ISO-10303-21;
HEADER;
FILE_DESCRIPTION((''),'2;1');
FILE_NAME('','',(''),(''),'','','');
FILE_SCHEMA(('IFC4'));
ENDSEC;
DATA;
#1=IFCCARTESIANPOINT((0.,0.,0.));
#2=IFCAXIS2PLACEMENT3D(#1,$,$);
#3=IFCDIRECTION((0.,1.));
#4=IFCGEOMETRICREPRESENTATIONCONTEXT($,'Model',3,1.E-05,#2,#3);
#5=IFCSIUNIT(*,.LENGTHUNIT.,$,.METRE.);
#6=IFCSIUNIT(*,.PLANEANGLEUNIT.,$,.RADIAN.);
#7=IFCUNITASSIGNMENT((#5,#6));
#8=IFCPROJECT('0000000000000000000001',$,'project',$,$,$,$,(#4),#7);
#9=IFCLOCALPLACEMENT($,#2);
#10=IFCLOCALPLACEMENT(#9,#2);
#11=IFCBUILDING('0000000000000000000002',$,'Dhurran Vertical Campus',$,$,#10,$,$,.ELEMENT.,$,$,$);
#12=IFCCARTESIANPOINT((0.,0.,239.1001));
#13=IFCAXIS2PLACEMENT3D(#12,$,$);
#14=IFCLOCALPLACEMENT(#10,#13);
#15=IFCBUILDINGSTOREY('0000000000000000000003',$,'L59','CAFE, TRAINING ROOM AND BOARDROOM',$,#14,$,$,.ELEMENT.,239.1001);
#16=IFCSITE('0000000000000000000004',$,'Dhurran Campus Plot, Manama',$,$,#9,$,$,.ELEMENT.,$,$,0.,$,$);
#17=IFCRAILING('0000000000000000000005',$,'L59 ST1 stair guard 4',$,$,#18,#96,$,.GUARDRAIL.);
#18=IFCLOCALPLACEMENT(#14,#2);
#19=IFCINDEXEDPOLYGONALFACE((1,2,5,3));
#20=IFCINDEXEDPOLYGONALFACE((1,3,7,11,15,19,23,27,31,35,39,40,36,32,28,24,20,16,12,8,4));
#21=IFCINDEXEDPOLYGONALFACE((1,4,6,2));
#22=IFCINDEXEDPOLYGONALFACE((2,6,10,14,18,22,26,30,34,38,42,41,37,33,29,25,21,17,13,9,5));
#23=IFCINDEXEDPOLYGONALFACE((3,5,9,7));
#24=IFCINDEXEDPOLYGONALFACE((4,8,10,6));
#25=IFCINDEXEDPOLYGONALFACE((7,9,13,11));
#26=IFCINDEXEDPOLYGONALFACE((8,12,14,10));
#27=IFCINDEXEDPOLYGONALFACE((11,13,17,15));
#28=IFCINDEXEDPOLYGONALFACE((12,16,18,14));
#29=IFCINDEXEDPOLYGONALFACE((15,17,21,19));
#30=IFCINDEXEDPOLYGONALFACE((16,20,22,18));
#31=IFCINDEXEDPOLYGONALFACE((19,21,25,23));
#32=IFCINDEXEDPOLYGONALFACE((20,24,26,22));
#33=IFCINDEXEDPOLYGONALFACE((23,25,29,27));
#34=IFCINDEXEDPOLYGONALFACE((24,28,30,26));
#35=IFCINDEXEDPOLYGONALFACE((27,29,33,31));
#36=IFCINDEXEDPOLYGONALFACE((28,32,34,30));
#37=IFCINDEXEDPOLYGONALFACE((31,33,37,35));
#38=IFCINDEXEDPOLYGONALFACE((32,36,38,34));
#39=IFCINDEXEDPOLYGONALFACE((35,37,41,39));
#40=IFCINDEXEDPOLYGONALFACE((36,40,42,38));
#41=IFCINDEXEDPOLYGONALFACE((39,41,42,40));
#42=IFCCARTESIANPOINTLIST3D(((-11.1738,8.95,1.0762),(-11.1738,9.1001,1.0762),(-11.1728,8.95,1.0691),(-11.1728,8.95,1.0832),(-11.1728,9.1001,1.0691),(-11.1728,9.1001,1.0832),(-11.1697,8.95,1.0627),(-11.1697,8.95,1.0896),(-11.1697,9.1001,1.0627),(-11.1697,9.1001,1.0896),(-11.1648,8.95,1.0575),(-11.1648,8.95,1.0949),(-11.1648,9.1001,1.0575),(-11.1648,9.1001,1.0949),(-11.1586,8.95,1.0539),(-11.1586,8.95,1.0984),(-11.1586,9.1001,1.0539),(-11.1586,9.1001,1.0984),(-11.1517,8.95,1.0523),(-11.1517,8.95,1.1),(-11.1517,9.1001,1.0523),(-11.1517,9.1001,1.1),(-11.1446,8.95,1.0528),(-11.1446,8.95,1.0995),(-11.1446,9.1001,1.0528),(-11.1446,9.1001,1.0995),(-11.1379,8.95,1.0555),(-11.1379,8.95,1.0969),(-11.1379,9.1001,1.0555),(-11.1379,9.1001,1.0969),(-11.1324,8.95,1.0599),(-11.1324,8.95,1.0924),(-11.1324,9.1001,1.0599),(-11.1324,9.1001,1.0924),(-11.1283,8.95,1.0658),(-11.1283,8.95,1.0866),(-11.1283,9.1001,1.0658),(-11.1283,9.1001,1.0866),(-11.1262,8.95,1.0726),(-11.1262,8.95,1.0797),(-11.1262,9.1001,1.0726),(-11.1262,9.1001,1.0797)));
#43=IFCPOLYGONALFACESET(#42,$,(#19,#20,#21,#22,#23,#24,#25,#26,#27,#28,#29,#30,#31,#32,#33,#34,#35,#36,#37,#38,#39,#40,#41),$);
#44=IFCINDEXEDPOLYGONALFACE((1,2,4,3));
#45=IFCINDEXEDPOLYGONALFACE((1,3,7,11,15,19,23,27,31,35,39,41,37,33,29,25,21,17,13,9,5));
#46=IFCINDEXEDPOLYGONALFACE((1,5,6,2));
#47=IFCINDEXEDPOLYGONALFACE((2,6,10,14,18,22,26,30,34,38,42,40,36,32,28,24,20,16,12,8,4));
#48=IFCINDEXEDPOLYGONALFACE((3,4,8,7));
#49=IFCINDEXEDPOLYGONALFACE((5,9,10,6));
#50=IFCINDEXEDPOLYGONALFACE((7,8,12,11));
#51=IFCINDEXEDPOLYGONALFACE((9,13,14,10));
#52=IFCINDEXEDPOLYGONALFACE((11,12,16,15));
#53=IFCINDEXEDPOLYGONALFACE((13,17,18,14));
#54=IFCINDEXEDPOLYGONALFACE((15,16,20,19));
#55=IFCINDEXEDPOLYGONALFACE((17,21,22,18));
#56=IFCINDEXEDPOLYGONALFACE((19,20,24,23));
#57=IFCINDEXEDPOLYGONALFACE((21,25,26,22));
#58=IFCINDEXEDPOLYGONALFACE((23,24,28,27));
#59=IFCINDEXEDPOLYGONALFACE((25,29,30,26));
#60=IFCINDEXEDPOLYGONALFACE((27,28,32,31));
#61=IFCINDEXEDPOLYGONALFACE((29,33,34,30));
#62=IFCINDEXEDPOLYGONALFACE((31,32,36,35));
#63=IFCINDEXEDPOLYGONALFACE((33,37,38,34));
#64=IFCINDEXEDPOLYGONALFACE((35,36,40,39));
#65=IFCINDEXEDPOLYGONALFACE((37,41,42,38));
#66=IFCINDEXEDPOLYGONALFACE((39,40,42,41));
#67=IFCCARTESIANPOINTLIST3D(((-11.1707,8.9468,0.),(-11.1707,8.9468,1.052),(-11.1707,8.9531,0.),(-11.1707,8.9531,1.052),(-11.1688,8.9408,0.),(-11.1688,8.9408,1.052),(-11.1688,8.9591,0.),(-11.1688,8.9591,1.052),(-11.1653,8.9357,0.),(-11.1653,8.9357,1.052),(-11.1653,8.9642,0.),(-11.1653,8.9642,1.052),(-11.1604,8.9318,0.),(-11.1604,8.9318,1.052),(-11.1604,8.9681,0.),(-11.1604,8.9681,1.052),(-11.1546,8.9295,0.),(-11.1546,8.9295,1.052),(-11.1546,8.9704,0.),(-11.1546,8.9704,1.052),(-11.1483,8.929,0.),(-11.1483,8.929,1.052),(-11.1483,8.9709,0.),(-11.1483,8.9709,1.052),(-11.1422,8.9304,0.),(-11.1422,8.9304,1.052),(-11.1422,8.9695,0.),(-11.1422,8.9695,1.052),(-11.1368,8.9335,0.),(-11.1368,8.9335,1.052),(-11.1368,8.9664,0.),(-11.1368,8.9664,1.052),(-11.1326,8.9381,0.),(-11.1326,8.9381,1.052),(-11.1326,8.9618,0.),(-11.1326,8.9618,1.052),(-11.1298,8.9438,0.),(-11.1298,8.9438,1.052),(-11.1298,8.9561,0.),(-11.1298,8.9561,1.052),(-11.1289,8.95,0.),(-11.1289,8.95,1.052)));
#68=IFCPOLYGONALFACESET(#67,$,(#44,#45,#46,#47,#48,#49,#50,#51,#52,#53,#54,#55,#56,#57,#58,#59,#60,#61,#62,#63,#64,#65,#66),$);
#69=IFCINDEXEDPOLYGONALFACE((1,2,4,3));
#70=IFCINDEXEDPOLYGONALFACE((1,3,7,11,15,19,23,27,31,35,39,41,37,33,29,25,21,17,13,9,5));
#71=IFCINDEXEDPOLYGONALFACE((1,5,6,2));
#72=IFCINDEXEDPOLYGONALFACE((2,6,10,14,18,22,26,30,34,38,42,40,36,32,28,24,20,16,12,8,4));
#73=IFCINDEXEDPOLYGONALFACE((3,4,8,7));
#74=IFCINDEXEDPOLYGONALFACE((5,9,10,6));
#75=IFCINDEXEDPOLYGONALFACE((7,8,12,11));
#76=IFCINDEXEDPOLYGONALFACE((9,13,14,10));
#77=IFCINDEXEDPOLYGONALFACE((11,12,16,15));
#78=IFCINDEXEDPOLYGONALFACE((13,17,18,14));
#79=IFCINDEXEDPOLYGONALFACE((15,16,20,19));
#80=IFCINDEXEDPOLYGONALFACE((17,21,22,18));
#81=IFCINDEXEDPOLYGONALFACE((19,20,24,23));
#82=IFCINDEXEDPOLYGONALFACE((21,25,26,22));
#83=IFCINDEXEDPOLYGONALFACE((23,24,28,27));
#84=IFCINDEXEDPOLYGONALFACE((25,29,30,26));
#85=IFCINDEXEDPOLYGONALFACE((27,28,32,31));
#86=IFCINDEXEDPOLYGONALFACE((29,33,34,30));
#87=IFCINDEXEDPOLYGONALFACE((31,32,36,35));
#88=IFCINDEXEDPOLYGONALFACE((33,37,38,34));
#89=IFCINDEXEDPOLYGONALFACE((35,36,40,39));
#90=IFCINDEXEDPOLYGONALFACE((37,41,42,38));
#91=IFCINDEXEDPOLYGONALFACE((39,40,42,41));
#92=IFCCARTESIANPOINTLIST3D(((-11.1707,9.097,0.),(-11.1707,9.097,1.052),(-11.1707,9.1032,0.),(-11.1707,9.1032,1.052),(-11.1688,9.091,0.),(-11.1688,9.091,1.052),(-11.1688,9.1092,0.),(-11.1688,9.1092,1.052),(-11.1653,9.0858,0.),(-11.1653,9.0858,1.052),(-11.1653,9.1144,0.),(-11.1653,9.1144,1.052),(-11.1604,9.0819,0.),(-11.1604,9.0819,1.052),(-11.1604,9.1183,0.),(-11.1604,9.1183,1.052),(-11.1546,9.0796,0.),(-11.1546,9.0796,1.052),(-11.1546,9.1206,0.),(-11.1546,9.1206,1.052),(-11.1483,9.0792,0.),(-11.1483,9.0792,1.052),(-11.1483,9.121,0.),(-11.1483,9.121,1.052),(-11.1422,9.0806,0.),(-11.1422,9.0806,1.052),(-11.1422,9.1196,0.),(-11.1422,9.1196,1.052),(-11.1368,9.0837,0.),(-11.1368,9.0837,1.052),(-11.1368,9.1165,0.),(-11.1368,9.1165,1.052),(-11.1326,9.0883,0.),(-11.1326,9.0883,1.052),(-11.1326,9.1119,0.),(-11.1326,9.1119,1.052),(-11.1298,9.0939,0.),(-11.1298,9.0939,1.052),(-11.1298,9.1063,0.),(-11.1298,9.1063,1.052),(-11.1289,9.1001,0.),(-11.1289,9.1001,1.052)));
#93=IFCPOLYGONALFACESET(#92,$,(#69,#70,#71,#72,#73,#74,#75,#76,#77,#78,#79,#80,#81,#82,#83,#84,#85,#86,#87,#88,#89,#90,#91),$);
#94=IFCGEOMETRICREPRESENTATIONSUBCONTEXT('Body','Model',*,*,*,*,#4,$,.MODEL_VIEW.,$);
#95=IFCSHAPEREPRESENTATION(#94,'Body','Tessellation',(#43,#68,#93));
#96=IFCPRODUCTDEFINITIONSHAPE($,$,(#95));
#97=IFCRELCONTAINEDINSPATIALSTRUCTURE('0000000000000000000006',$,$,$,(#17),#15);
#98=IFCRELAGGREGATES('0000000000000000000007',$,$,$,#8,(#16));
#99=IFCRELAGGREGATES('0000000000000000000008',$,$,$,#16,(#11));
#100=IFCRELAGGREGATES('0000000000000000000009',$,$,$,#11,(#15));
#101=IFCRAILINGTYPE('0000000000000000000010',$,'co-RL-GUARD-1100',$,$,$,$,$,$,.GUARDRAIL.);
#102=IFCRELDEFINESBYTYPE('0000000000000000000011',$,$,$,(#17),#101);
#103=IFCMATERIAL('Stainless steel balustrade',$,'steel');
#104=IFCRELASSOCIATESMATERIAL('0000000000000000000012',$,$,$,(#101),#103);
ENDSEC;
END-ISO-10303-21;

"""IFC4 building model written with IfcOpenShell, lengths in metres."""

from ifc_helpers import new_model, si_unit, direction, frame, origin, origin_2d, place, context, subcontext, project, spatial, circle, extrude, material, type_object, element, save


model = new_model("IFC4")

# Units and contexts
model_context = context("Model", 3, precision=1e-05, world=origin(), true_north=direction((0.0, 1.0)))
body_context = subcontext(model_context, "Body", "Model", "MODEL_VIEW")
ifc_project = project(units=[si_unit("LENGTHUNIT", "METRE"), si_unit("PLANEANGLEUNIT", "RADIAN")], contexts=[model_context])

# Site, building, storey
site_placement = place(None, origin())
site = spatial("IfcSite", under=ifc_project, at=site_placement, Name="Dhurran Campus Plot, Manama", CompositionType="ELEMENT", RefElevation=0.0)
building_placement = place(site_placement, origin())
building = spatial("IfcBuilding", under=site, at=building_placement, Name="Dhurran Vertical Campus", CompositionType="ELEMENT")
storey_placement = place(building_placement, frame((0.0, 0.0, 239.1001)))
storey = spatial("IfcBuildingStorey", under=building, at=storey_placement, Name="L59", Description="CAFE, TRAINING ROOM AND BOARDROOM", CompositionType="ELEMENT", Elevation=239.1001)

# Railing
ifc_material_1 = material(Name="Stainless steel balustrade", Category="steel")
railing_type_1 = type_object("IfcRailingType", Name="co-RL-GUARD-1100", PredefinedType="GUARDRAIL", material=ifc_material_1)
railing_1_placement = place(storey_placement, frame((-11.1499, 8.95, 0.0)))
element("IfcRailing", 1, at=railing_1_placement, inside=storey, type_object=railing_type_1, Name="L59 ST1 stair guard 4", PredefinedType="GUARDRAIL", context=body_context, shape_type="SweptSolid", body=[
    extrude(circle(Radius=0.0239, at=origin_2d()), frame((0.0, 0.0, 1.0762), z_axis=(0.0, 1.0, 0.0), x_axis=(-1.0, 0.0, 0.0)), (0.0, 0.0, 1.0), 0.1501),
    extrude(circle(Radius=0.021, at=origin_2d()), origin(), (0.0, 0.0, 1.0), 1.052),
    extrude(circle(Radius=0.021, at=origin_2d()), frame((0.0, 0.1501, 0.0)), (0.0, 0.0, 1.0), 1.052),
])

save(model, "model.ifc")
